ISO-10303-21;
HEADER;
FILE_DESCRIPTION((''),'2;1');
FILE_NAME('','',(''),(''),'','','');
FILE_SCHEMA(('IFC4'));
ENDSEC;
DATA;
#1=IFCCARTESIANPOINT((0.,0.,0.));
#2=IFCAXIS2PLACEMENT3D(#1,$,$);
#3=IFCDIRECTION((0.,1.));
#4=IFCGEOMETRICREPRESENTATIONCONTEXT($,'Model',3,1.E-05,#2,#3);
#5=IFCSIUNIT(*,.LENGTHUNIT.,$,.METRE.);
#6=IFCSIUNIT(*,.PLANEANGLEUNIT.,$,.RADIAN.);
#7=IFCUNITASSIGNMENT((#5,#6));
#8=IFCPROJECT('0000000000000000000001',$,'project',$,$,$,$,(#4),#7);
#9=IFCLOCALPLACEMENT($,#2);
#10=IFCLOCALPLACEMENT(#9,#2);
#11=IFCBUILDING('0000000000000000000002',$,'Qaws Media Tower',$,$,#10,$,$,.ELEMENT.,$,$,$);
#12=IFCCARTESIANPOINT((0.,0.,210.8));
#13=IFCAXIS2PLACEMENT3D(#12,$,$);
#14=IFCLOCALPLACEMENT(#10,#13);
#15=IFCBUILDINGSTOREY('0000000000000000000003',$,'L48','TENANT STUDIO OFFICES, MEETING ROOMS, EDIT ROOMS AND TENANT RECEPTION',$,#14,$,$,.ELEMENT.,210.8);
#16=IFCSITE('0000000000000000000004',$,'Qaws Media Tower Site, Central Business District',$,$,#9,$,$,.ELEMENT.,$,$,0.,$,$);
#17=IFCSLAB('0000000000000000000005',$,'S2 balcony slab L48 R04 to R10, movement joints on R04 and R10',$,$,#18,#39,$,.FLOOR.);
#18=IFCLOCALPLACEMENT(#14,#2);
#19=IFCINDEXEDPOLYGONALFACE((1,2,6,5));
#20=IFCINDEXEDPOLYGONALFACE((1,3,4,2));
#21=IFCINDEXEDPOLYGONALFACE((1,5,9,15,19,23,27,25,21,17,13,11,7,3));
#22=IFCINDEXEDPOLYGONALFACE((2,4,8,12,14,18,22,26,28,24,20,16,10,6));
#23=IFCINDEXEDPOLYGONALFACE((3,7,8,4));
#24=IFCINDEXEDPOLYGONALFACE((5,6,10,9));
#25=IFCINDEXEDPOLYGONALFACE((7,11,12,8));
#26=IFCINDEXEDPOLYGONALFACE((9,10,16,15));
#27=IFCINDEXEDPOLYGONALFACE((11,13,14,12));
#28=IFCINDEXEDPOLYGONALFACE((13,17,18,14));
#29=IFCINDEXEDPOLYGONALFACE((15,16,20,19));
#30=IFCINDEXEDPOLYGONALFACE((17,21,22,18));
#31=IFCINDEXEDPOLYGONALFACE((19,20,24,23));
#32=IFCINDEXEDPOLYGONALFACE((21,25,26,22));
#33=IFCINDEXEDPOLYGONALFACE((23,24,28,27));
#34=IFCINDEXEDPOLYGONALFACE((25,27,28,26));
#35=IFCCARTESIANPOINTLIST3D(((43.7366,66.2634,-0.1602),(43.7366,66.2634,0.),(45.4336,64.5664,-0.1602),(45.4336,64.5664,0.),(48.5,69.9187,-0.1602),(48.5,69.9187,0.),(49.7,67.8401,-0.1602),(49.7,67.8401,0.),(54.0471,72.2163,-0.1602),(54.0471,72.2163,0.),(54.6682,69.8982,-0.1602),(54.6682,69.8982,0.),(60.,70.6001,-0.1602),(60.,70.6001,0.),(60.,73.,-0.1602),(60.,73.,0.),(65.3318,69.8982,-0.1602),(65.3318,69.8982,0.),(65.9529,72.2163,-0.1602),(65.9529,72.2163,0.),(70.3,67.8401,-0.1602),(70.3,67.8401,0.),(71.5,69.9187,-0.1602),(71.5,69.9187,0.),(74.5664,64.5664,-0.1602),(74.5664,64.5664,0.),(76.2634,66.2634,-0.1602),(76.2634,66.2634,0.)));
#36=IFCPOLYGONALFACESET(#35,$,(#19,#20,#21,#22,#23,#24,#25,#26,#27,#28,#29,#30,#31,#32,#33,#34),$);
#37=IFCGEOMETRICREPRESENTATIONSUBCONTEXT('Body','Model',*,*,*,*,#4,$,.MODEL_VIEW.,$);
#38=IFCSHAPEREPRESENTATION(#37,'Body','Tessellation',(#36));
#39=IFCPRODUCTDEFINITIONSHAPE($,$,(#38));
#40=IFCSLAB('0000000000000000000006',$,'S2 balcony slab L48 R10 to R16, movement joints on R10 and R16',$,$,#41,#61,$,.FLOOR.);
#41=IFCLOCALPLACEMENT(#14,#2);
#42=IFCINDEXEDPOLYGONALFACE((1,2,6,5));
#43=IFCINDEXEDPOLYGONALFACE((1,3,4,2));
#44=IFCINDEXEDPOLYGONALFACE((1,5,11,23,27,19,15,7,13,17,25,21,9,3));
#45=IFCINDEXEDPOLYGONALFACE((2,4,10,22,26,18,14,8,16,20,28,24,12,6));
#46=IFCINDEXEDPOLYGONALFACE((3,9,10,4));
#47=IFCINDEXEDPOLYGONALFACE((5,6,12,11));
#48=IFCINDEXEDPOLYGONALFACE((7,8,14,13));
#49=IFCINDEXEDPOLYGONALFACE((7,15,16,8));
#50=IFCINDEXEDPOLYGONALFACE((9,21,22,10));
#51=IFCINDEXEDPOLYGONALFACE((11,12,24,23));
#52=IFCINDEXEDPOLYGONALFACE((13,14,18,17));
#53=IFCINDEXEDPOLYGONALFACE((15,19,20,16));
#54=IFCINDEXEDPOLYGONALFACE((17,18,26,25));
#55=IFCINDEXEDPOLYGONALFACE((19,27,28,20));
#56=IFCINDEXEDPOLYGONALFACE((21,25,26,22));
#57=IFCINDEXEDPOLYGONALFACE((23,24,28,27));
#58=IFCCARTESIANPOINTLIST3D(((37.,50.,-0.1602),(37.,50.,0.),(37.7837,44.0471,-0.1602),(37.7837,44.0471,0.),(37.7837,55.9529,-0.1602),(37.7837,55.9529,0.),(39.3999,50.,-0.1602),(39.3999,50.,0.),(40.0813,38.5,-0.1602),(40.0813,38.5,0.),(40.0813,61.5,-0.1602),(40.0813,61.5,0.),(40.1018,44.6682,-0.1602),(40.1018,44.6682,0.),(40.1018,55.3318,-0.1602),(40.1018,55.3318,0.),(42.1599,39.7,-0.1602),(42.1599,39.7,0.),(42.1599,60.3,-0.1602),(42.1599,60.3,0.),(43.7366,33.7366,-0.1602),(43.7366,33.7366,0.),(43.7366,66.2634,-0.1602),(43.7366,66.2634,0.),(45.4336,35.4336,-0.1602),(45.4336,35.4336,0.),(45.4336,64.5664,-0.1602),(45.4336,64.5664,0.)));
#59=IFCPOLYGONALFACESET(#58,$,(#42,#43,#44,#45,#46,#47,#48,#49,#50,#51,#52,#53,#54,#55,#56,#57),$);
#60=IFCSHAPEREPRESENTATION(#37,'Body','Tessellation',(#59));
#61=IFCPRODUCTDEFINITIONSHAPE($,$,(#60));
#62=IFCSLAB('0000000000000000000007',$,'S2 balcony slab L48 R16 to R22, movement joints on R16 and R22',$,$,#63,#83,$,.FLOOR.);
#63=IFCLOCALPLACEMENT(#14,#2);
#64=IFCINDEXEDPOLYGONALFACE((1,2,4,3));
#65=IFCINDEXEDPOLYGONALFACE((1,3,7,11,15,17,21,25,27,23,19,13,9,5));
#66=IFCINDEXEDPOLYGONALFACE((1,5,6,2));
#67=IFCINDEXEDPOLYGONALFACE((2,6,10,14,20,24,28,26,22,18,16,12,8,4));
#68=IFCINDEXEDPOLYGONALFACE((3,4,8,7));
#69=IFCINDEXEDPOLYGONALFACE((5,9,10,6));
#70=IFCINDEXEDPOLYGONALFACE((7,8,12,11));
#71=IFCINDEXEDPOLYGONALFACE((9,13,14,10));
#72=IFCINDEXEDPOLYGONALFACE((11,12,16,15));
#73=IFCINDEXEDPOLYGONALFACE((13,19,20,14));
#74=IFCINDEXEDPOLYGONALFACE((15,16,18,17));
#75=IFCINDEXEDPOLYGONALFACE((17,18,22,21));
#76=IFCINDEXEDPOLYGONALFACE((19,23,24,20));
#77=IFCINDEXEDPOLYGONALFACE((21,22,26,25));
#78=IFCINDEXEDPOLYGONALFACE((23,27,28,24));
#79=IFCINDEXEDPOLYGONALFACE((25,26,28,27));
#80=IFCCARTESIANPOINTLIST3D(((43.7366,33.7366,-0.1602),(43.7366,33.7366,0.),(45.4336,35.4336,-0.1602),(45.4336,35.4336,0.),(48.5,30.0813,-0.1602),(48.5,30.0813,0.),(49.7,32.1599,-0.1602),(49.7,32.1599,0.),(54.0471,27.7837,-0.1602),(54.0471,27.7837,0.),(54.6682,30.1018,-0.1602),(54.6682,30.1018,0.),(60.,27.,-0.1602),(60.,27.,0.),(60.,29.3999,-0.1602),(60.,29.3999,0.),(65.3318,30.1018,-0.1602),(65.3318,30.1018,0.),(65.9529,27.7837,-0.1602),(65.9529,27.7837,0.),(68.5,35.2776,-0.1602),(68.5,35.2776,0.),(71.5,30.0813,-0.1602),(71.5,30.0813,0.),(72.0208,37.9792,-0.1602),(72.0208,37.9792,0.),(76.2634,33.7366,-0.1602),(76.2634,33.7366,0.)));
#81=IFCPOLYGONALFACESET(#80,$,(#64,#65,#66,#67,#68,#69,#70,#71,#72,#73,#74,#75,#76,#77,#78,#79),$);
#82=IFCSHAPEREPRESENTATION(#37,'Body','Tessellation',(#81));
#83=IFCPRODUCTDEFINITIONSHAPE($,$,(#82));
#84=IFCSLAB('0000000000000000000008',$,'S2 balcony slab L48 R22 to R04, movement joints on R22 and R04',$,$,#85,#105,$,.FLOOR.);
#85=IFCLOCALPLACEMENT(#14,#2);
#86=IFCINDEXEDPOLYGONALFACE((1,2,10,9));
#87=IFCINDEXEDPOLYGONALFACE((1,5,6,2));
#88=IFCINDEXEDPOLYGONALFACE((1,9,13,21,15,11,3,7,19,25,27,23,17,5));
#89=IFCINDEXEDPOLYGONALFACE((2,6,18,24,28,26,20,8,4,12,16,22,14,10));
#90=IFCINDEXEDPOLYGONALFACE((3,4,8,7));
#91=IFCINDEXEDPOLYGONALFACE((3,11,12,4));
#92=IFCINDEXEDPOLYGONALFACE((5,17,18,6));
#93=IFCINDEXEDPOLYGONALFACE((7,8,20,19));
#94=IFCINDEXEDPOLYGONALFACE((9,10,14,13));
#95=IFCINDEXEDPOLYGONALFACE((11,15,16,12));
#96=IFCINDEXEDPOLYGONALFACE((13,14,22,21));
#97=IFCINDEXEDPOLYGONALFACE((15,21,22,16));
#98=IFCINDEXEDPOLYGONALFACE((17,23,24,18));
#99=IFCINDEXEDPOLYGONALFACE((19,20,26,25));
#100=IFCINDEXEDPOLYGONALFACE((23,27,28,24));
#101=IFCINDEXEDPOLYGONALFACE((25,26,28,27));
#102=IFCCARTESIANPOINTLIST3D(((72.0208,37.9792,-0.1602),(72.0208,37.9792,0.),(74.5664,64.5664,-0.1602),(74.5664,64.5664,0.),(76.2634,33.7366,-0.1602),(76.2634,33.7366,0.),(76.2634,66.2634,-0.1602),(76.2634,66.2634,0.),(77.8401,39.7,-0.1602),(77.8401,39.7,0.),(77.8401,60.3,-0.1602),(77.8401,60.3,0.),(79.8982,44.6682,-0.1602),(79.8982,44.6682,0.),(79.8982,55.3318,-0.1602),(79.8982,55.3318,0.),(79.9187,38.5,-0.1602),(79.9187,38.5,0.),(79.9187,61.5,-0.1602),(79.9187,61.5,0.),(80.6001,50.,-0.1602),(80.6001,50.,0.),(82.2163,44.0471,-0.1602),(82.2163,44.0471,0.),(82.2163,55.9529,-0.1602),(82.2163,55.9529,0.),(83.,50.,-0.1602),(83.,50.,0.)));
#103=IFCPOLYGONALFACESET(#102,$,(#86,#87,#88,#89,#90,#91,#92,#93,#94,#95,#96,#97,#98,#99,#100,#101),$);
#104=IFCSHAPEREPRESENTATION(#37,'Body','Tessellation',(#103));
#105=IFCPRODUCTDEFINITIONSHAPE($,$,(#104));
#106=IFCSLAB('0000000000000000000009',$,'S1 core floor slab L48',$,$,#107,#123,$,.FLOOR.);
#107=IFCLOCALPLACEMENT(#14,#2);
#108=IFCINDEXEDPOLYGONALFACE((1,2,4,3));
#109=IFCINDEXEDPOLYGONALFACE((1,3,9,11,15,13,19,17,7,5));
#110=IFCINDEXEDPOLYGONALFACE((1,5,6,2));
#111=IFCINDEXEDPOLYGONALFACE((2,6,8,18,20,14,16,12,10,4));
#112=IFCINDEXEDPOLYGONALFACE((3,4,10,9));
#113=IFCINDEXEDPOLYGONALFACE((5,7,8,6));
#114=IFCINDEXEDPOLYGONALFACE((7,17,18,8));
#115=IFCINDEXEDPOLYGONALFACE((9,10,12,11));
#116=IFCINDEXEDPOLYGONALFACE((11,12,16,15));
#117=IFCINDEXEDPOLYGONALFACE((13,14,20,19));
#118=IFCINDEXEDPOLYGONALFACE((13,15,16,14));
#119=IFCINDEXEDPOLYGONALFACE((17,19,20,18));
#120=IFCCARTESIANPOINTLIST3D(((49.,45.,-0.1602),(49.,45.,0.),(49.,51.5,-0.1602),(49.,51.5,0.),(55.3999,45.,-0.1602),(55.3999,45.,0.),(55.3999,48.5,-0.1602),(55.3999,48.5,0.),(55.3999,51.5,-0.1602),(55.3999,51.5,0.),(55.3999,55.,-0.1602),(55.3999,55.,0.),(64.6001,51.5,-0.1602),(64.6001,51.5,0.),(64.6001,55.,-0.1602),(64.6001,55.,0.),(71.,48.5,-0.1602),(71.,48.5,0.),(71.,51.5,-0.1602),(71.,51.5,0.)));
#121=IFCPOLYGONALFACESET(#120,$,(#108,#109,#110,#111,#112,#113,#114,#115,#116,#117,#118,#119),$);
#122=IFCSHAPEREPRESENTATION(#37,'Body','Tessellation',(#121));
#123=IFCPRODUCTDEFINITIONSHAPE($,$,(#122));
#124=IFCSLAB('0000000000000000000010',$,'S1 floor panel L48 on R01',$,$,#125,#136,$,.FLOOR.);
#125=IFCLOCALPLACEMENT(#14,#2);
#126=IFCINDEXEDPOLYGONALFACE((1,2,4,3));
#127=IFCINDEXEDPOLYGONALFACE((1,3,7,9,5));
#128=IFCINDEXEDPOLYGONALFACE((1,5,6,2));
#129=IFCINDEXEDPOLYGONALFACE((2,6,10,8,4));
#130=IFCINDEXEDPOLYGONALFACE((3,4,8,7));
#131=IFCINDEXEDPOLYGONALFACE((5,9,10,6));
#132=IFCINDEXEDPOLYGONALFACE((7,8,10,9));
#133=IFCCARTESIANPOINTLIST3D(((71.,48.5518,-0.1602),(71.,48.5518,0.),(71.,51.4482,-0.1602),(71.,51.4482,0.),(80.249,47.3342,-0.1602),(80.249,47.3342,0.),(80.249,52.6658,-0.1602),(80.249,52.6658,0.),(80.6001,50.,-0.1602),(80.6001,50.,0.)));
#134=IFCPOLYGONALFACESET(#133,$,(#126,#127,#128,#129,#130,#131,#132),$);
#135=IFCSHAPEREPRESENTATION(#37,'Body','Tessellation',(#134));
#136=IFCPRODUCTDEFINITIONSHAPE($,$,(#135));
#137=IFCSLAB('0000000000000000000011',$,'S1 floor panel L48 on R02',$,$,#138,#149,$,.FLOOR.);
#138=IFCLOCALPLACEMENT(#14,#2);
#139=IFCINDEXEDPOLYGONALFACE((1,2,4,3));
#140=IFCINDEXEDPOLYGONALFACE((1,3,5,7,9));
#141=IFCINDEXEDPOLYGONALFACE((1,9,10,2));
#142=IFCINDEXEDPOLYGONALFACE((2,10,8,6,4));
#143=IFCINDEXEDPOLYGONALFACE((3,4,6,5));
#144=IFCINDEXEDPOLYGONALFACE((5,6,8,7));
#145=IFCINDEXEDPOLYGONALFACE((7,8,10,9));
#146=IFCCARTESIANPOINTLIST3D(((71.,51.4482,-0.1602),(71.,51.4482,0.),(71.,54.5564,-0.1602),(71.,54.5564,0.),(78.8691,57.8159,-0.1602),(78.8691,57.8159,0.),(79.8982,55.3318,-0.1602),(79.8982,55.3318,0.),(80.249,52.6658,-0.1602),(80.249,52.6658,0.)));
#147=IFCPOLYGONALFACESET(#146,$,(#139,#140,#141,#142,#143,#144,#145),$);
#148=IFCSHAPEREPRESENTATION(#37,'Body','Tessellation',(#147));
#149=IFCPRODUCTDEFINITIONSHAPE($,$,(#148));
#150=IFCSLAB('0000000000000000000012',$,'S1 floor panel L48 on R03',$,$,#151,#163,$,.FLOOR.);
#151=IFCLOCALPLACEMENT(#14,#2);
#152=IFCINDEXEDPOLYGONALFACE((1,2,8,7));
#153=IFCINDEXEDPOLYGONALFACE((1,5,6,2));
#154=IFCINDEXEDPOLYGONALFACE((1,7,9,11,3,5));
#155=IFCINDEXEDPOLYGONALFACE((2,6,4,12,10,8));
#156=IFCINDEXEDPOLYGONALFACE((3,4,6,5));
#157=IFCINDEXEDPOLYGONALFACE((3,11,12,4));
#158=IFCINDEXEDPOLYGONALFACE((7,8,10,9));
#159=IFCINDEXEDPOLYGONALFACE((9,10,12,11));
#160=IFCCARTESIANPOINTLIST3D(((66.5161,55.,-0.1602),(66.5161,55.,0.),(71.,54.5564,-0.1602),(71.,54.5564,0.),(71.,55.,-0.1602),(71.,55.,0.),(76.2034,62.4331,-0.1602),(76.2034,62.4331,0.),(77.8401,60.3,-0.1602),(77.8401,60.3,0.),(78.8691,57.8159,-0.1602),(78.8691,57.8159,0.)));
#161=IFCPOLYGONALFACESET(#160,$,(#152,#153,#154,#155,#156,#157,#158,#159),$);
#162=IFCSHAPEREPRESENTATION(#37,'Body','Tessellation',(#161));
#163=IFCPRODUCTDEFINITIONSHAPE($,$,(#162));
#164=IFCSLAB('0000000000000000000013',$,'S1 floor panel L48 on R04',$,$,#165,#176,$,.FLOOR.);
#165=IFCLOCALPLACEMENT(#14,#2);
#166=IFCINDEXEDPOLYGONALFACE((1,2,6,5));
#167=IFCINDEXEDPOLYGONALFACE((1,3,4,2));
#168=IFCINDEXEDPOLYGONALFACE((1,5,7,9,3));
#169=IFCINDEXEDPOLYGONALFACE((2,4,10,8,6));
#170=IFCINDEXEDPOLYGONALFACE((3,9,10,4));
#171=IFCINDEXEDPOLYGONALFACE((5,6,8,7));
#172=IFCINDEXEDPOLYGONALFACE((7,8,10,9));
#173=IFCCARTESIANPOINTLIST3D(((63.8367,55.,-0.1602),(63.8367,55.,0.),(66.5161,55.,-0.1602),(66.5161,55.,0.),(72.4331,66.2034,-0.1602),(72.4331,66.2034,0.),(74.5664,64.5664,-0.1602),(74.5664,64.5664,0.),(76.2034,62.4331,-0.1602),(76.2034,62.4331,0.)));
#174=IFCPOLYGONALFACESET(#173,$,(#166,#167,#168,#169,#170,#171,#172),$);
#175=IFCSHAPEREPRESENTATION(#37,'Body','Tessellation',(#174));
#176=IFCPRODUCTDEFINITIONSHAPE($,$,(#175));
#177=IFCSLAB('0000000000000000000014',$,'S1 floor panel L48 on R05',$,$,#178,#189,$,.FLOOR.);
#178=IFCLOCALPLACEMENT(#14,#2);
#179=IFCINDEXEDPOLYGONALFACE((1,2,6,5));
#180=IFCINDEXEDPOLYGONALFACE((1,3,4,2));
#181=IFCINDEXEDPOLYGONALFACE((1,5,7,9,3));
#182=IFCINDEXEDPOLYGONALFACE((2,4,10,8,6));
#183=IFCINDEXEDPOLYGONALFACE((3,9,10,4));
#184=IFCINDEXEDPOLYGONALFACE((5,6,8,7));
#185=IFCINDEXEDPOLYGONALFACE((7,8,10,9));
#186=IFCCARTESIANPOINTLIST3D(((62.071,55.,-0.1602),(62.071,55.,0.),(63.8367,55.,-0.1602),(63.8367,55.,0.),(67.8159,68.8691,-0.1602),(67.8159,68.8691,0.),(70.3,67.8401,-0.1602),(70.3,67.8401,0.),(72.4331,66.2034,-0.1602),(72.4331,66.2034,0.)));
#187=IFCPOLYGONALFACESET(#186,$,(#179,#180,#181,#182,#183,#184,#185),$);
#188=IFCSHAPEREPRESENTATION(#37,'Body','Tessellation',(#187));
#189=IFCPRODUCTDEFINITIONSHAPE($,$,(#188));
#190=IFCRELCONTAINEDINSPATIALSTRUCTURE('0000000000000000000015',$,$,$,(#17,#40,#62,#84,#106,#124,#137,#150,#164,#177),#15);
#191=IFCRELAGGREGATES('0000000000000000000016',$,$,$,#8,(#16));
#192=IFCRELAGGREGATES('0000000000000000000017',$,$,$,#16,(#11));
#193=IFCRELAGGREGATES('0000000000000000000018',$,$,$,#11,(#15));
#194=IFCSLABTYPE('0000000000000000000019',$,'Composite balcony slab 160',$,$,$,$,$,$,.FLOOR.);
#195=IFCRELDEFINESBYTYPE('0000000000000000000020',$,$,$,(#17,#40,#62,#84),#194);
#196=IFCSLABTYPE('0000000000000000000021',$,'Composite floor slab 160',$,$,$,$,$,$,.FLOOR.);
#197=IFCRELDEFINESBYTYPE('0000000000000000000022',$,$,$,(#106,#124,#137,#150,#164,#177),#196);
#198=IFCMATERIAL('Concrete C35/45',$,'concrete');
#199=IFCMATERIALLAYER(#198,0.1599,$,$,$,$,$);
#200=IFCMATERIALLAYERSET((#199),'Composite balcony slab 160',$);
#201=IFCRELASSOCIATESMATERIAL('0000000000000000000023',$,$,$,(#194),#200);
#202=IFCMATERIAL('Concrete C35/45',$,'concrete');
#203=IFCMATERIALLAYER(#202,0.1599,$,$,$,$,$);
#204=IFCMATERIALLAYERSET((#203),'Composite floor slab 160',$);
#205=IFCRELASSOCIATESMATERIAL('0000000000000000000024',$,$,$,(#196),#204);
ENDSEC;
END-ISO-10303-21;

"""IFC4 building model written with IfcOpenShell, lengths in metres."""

from ifc_helpers import new_model, si_unit, direction, frame, origin, place, context, subcontext, project, spatial, polyline, outline, extrude, material, layer, layer_set, type_object, element, save


model = new_model("IFC4")

# Units and contexts
model_context = context("Model", 3, precision=1e-05, world=origin(), true_north=direction((0.0, 1.0)))
body_context = subcontext(model_context, "Body", "Model", "MODEL_VIEW")
ifc_project = project(units=[si_unit("LENGTHUNIT", "METRE"), si_unit("PLANEANGLEUNIT", "RADIAN")], contexts=[model_context])

# Site, building, storey
site_placement = place(None, origin())
site = spatial("IfcSite", under=ifc_project, at=site_placement, Name="Qaws Media Tower Site, Central Business District", CompositionType="ELEMENT", RefElevation=0.0)
building_placement = place(site_placement, origin())
building = spatial("IfcBuilding", under=site, at=building_placement, Name="Qaws Media Tower", CompositionType="ELEMENT")
storey_placement = place(building_placement, frame((0.0, 0.0, 210.8)))
storey = spatial("IfcBuildingStorey", under=building, at=storey_placement, Name="L48", Description="TENANT STUDIO OFFICES, MEETING ROOMS, EDIT ROOMS AND TENANT RECEPTION", CompositionType="ELEMENT", Elevation=210.8)

# Slabs
ifc_material_1 = material(Name="Concrete C35/45", Category="concrete")
ifc_layer_1 = layer(ifc_material_1, 0.1599)
ifc_layer_set_1 = layer_set([ifc_layer_1], Name="Composite balcony slab 160")
slab_type_1 = type_object("IfcSlabType", Name="Composite balcony slab 160", PredefinedType="FLOOR", material=ifc_layer_set_1)
slab_1_placement = place(storey_placement, frame((0.0, 0.0, -0.1602)))
element("IfcSlab", 1, at=slab_1_placement, inside=storey, type_object=slab_type_1, Name="S2 balcony slab L48 R04 to R10, movement joints on R04 and R10", PredefinedType="FLOOR", context=body_context, shape_type="SweptSolid", body=[
    extrude(outline(polyline([(43.7366, 66.2634), (48.5, 69.9187), (54.0471, 72.2163), (60.0, 73.0), (65.9529, 72.2163), (71.5, 69.9187), (76.2634, 66.2634), (74.5664, 64.5664), (70.3, 67.8401), (65.3318, 69.8982), (60.0, 70.6001), (54.6682, 69.8982), (49.7, 67.8401), (45.4336, 64.5664), (43.7366, 66.2634)])), origin(), (0.0, 0.0, 1.0), 0.1602),
])
slab_2_placement = place(storey_placement, frame((0.0, 0.0, -0.1602)))
element("IfcSlab", 2, at=slab_2_placement, inside=storey, type_object=slab_type_1, Name="S2 balcony slab L48 R10 to R16, movement joints on R10 and R16", PredefinedType="FLOOR", context=body_context, shape_type="SweptSolid", body=[
    extrude(outline(polyline([(40.0813, 38.5), (37.7837, 44.0471), (37.0, 50.0), (37.7837, 55.9529), (40.0813, 61.5), (43.7366, 66.2634), (45.4336, 64.5664), (42.1599, 60.3), (40.1018, 55.3318), (39.3999, 50.0), (40.1018, 44.6682), (42.1599, 39.7), (45.4336, 35.4336), (43.7366, 33.7366), (40.0813, 38.5)])), origin(), (0.0, 0.0, 1.0), 0.1602),
])
slab_3_placement = place(storey_placement, frame((0.0, 0.0, -0.1602)))
element("IfcSlab", 3, at=slab_3_placement, inside=storey, type_object=slab_type_1, Name="S2 balcony slab L48 R16 to R22, movement joints on R16 and R22", PredefinedType="FLOOR", context=body_context, shape_type="SweptSolid", body=[
    extrude(outline(polyline([(71.5, 30.0813), (65.9529, 27.7837), (60.0, 27.0), (54.0471, 27.7837), (48.5, 30.0813), (43.7366, 33.7366), (45.4336, 35.4336), (49.7, 32.1599), (54.6682, 30.1018), (60.0, 29.3999), (65.3318, 30.1018), (68.5, 35.2776), (72.0208, 37.9792), (76.2634, 33.7366), (71.5, 30.0813)])), origin(), (0.0, 0.0, 1.0), 0.1602),
])
slab_4_placement = place(storey_placement, frame((0.0, 0.0, -0.1602)))
element("IfcSlab", 4, at=slab_4_placement, inside=storey, type_object=slab_type_1, Name="S2 balcony slab L48 R22 to R04, movement joints on R22 and R04", PredefinedType="FLOOR", context=body_context, shape_type="SweptSolid", body=[
    extrude(outline(polyline([(79.9187, 38.5), (76.2634, 33.7366), (72.0208, 37.9792), (77.8401, 39.7), (79.8982, 44.6682), (80.6001, 50.0), (79.8982, 55.3318), (77.8401, 60.3), (74.5664, 64.5664), (76.2634, 66.2634), (79.9187, 61.5), (82.2163, 55.9529), (83.0, 50.0), (82.2163, 44.0471), (79.9187, 38.5)])), origin(), (0.0, 0.0, 1.0), 0.1602),
])
ifc_material_2 = material(Name="Concrete C35/45", Category="concrete")
ifc_layer_2 = layer(ifc_material_2, 0.1599)
ifc_layer_set_2 = layer_set([ifc_layer_2], Name="Composite floor slab 160")
slab_type_2 = type_object("IfcSlabType", Name="Composite floor slab 160", PredefinedType="FLOOR", material=ifc_layer_set_2)
slab_5_placement = place(storey_placement, frame((0.0, 0.0, -0.1602)))
element("IfcSlab", 5, at=slab_5_placement, inside=storey, type_object=slab_type_2, Name="S1 core floor slab L48", PredefinedType="FLOOR", context=body_context, shape_type="SweptSolid", body=[
    extrude(outline(polyline([(71.0, 51.5), (71.0, 48.5), (55.3999, 48.5), (55.3999, 45.0), (49.0, 45.0), (49.0, 51.5), (55.3999, 51.5), (55.3999, 55.0), (64.6001, 55.0), (64.6001, 51.5), (71.0, 51.5)])), origin(), (0.0, 0.0, 1.0), 0.1602),
])
slab_6_placement = place(storey_placement, frame((0.0, 0.0, -0.1602)))
element("IfcSlab", 6, at=slab_6_placement, inside=storey, type_object=slab_type_2, Name="S1 floor panel L48 on R01", PredefinedType="FLOOR", context=body_context, shape_type="SweptSolid", body=[
    extrude(outline(polyline([(80.6001, 50.0), (80.249, 47.3342), (71.0, 48.5518), (71.0, 51.4482), (80.249, 52.6658), (80.6001, 50.0)])), origin(), (0.0, 0.0, 1.0), 0.1602),
])
slab_7_placement = place(storey_placement, frame((0.0, 0.0, -0.1602)))
element("IfcSlab", 7, at=slab_7_placement, inside=storey, type_object=slab_type_2, Name="S1 floor panel L48 on R02", PredefinedType="FLOOR", context=body_context, shape_type="SweptSolid", body=[
    extrude(outline(polyline([(79.8982, 55.3318), (80.249, 52.6658), (71.0, 51.4482), (71.0, 54.5564), (78.8691, 57.8159), (79.8982, 55.3318)])), origin(), (0.0, 0.0, 1.0), 0.1602),
])
slab_8_placement = place(storey_placement, frame((0.0, 0.0, -0.1602)))
element("IfcSlab", 8, at=slab_8_placement, inside=storey, type_object=slab_type_2, Name="S1 floor panel L48 on R03", PredefinedType="FLOOR", context=body_context, shape_type="SweptSolid", body=[
    extrude(outline(polyline([(77.8401, 60.3), (78.8691, 57.8159), (71.0, 54.5564), (71.0, 55.0), (66.5161, 55.0), (76.2034, 62.4331), (77.8401, 60.3)])), origin(), (0.0, 0.0, 1.0), 0.1602),
])
slab_9_placement = place(storey_placement, frame((0.0, 0.0, -0.1602)))
element("IfcSlab", 9, at=slab_9_placement, inside=storey, type_object=slab_type_2, Name="S1 floor panel L48 on R04", PredefinedType="FLOOR", context=body_context, shape_type="SweptSolid", body=[
    extrude(outline(polyline([(74.5664, 64.5664), (76.2034, 62.4331), (66.5161, 55.0), (63.8367, 55.0), (72.4331, 66.2034), (74.5664, 64.5664)])), origin(), (0.0, 0.0, 1.0), 0.1602),
])
slab_10_placement = place(storey_placement, frame((0.0, 0.0, -0.1602)))
element("IfcSlab", 10, at=slab_10_placement, inside=storey, type_object=slab_type_2, Name="S1 floor panel L48 on R05", PredefinedType="FLOOR", context=body_context, shape_type="SweptSolid", body=[
    extrude(outline(polyline([(70.3, 67.8401), (72.4331, 66.2034), (63.8367, 55.0), (62.071, 55.0), (67.8159, 68.8691), (70.3, 67.8401)])), origin(), (0.0, 0.0, 1.0), 0.1602),
])

save(model, "model.ifc")
